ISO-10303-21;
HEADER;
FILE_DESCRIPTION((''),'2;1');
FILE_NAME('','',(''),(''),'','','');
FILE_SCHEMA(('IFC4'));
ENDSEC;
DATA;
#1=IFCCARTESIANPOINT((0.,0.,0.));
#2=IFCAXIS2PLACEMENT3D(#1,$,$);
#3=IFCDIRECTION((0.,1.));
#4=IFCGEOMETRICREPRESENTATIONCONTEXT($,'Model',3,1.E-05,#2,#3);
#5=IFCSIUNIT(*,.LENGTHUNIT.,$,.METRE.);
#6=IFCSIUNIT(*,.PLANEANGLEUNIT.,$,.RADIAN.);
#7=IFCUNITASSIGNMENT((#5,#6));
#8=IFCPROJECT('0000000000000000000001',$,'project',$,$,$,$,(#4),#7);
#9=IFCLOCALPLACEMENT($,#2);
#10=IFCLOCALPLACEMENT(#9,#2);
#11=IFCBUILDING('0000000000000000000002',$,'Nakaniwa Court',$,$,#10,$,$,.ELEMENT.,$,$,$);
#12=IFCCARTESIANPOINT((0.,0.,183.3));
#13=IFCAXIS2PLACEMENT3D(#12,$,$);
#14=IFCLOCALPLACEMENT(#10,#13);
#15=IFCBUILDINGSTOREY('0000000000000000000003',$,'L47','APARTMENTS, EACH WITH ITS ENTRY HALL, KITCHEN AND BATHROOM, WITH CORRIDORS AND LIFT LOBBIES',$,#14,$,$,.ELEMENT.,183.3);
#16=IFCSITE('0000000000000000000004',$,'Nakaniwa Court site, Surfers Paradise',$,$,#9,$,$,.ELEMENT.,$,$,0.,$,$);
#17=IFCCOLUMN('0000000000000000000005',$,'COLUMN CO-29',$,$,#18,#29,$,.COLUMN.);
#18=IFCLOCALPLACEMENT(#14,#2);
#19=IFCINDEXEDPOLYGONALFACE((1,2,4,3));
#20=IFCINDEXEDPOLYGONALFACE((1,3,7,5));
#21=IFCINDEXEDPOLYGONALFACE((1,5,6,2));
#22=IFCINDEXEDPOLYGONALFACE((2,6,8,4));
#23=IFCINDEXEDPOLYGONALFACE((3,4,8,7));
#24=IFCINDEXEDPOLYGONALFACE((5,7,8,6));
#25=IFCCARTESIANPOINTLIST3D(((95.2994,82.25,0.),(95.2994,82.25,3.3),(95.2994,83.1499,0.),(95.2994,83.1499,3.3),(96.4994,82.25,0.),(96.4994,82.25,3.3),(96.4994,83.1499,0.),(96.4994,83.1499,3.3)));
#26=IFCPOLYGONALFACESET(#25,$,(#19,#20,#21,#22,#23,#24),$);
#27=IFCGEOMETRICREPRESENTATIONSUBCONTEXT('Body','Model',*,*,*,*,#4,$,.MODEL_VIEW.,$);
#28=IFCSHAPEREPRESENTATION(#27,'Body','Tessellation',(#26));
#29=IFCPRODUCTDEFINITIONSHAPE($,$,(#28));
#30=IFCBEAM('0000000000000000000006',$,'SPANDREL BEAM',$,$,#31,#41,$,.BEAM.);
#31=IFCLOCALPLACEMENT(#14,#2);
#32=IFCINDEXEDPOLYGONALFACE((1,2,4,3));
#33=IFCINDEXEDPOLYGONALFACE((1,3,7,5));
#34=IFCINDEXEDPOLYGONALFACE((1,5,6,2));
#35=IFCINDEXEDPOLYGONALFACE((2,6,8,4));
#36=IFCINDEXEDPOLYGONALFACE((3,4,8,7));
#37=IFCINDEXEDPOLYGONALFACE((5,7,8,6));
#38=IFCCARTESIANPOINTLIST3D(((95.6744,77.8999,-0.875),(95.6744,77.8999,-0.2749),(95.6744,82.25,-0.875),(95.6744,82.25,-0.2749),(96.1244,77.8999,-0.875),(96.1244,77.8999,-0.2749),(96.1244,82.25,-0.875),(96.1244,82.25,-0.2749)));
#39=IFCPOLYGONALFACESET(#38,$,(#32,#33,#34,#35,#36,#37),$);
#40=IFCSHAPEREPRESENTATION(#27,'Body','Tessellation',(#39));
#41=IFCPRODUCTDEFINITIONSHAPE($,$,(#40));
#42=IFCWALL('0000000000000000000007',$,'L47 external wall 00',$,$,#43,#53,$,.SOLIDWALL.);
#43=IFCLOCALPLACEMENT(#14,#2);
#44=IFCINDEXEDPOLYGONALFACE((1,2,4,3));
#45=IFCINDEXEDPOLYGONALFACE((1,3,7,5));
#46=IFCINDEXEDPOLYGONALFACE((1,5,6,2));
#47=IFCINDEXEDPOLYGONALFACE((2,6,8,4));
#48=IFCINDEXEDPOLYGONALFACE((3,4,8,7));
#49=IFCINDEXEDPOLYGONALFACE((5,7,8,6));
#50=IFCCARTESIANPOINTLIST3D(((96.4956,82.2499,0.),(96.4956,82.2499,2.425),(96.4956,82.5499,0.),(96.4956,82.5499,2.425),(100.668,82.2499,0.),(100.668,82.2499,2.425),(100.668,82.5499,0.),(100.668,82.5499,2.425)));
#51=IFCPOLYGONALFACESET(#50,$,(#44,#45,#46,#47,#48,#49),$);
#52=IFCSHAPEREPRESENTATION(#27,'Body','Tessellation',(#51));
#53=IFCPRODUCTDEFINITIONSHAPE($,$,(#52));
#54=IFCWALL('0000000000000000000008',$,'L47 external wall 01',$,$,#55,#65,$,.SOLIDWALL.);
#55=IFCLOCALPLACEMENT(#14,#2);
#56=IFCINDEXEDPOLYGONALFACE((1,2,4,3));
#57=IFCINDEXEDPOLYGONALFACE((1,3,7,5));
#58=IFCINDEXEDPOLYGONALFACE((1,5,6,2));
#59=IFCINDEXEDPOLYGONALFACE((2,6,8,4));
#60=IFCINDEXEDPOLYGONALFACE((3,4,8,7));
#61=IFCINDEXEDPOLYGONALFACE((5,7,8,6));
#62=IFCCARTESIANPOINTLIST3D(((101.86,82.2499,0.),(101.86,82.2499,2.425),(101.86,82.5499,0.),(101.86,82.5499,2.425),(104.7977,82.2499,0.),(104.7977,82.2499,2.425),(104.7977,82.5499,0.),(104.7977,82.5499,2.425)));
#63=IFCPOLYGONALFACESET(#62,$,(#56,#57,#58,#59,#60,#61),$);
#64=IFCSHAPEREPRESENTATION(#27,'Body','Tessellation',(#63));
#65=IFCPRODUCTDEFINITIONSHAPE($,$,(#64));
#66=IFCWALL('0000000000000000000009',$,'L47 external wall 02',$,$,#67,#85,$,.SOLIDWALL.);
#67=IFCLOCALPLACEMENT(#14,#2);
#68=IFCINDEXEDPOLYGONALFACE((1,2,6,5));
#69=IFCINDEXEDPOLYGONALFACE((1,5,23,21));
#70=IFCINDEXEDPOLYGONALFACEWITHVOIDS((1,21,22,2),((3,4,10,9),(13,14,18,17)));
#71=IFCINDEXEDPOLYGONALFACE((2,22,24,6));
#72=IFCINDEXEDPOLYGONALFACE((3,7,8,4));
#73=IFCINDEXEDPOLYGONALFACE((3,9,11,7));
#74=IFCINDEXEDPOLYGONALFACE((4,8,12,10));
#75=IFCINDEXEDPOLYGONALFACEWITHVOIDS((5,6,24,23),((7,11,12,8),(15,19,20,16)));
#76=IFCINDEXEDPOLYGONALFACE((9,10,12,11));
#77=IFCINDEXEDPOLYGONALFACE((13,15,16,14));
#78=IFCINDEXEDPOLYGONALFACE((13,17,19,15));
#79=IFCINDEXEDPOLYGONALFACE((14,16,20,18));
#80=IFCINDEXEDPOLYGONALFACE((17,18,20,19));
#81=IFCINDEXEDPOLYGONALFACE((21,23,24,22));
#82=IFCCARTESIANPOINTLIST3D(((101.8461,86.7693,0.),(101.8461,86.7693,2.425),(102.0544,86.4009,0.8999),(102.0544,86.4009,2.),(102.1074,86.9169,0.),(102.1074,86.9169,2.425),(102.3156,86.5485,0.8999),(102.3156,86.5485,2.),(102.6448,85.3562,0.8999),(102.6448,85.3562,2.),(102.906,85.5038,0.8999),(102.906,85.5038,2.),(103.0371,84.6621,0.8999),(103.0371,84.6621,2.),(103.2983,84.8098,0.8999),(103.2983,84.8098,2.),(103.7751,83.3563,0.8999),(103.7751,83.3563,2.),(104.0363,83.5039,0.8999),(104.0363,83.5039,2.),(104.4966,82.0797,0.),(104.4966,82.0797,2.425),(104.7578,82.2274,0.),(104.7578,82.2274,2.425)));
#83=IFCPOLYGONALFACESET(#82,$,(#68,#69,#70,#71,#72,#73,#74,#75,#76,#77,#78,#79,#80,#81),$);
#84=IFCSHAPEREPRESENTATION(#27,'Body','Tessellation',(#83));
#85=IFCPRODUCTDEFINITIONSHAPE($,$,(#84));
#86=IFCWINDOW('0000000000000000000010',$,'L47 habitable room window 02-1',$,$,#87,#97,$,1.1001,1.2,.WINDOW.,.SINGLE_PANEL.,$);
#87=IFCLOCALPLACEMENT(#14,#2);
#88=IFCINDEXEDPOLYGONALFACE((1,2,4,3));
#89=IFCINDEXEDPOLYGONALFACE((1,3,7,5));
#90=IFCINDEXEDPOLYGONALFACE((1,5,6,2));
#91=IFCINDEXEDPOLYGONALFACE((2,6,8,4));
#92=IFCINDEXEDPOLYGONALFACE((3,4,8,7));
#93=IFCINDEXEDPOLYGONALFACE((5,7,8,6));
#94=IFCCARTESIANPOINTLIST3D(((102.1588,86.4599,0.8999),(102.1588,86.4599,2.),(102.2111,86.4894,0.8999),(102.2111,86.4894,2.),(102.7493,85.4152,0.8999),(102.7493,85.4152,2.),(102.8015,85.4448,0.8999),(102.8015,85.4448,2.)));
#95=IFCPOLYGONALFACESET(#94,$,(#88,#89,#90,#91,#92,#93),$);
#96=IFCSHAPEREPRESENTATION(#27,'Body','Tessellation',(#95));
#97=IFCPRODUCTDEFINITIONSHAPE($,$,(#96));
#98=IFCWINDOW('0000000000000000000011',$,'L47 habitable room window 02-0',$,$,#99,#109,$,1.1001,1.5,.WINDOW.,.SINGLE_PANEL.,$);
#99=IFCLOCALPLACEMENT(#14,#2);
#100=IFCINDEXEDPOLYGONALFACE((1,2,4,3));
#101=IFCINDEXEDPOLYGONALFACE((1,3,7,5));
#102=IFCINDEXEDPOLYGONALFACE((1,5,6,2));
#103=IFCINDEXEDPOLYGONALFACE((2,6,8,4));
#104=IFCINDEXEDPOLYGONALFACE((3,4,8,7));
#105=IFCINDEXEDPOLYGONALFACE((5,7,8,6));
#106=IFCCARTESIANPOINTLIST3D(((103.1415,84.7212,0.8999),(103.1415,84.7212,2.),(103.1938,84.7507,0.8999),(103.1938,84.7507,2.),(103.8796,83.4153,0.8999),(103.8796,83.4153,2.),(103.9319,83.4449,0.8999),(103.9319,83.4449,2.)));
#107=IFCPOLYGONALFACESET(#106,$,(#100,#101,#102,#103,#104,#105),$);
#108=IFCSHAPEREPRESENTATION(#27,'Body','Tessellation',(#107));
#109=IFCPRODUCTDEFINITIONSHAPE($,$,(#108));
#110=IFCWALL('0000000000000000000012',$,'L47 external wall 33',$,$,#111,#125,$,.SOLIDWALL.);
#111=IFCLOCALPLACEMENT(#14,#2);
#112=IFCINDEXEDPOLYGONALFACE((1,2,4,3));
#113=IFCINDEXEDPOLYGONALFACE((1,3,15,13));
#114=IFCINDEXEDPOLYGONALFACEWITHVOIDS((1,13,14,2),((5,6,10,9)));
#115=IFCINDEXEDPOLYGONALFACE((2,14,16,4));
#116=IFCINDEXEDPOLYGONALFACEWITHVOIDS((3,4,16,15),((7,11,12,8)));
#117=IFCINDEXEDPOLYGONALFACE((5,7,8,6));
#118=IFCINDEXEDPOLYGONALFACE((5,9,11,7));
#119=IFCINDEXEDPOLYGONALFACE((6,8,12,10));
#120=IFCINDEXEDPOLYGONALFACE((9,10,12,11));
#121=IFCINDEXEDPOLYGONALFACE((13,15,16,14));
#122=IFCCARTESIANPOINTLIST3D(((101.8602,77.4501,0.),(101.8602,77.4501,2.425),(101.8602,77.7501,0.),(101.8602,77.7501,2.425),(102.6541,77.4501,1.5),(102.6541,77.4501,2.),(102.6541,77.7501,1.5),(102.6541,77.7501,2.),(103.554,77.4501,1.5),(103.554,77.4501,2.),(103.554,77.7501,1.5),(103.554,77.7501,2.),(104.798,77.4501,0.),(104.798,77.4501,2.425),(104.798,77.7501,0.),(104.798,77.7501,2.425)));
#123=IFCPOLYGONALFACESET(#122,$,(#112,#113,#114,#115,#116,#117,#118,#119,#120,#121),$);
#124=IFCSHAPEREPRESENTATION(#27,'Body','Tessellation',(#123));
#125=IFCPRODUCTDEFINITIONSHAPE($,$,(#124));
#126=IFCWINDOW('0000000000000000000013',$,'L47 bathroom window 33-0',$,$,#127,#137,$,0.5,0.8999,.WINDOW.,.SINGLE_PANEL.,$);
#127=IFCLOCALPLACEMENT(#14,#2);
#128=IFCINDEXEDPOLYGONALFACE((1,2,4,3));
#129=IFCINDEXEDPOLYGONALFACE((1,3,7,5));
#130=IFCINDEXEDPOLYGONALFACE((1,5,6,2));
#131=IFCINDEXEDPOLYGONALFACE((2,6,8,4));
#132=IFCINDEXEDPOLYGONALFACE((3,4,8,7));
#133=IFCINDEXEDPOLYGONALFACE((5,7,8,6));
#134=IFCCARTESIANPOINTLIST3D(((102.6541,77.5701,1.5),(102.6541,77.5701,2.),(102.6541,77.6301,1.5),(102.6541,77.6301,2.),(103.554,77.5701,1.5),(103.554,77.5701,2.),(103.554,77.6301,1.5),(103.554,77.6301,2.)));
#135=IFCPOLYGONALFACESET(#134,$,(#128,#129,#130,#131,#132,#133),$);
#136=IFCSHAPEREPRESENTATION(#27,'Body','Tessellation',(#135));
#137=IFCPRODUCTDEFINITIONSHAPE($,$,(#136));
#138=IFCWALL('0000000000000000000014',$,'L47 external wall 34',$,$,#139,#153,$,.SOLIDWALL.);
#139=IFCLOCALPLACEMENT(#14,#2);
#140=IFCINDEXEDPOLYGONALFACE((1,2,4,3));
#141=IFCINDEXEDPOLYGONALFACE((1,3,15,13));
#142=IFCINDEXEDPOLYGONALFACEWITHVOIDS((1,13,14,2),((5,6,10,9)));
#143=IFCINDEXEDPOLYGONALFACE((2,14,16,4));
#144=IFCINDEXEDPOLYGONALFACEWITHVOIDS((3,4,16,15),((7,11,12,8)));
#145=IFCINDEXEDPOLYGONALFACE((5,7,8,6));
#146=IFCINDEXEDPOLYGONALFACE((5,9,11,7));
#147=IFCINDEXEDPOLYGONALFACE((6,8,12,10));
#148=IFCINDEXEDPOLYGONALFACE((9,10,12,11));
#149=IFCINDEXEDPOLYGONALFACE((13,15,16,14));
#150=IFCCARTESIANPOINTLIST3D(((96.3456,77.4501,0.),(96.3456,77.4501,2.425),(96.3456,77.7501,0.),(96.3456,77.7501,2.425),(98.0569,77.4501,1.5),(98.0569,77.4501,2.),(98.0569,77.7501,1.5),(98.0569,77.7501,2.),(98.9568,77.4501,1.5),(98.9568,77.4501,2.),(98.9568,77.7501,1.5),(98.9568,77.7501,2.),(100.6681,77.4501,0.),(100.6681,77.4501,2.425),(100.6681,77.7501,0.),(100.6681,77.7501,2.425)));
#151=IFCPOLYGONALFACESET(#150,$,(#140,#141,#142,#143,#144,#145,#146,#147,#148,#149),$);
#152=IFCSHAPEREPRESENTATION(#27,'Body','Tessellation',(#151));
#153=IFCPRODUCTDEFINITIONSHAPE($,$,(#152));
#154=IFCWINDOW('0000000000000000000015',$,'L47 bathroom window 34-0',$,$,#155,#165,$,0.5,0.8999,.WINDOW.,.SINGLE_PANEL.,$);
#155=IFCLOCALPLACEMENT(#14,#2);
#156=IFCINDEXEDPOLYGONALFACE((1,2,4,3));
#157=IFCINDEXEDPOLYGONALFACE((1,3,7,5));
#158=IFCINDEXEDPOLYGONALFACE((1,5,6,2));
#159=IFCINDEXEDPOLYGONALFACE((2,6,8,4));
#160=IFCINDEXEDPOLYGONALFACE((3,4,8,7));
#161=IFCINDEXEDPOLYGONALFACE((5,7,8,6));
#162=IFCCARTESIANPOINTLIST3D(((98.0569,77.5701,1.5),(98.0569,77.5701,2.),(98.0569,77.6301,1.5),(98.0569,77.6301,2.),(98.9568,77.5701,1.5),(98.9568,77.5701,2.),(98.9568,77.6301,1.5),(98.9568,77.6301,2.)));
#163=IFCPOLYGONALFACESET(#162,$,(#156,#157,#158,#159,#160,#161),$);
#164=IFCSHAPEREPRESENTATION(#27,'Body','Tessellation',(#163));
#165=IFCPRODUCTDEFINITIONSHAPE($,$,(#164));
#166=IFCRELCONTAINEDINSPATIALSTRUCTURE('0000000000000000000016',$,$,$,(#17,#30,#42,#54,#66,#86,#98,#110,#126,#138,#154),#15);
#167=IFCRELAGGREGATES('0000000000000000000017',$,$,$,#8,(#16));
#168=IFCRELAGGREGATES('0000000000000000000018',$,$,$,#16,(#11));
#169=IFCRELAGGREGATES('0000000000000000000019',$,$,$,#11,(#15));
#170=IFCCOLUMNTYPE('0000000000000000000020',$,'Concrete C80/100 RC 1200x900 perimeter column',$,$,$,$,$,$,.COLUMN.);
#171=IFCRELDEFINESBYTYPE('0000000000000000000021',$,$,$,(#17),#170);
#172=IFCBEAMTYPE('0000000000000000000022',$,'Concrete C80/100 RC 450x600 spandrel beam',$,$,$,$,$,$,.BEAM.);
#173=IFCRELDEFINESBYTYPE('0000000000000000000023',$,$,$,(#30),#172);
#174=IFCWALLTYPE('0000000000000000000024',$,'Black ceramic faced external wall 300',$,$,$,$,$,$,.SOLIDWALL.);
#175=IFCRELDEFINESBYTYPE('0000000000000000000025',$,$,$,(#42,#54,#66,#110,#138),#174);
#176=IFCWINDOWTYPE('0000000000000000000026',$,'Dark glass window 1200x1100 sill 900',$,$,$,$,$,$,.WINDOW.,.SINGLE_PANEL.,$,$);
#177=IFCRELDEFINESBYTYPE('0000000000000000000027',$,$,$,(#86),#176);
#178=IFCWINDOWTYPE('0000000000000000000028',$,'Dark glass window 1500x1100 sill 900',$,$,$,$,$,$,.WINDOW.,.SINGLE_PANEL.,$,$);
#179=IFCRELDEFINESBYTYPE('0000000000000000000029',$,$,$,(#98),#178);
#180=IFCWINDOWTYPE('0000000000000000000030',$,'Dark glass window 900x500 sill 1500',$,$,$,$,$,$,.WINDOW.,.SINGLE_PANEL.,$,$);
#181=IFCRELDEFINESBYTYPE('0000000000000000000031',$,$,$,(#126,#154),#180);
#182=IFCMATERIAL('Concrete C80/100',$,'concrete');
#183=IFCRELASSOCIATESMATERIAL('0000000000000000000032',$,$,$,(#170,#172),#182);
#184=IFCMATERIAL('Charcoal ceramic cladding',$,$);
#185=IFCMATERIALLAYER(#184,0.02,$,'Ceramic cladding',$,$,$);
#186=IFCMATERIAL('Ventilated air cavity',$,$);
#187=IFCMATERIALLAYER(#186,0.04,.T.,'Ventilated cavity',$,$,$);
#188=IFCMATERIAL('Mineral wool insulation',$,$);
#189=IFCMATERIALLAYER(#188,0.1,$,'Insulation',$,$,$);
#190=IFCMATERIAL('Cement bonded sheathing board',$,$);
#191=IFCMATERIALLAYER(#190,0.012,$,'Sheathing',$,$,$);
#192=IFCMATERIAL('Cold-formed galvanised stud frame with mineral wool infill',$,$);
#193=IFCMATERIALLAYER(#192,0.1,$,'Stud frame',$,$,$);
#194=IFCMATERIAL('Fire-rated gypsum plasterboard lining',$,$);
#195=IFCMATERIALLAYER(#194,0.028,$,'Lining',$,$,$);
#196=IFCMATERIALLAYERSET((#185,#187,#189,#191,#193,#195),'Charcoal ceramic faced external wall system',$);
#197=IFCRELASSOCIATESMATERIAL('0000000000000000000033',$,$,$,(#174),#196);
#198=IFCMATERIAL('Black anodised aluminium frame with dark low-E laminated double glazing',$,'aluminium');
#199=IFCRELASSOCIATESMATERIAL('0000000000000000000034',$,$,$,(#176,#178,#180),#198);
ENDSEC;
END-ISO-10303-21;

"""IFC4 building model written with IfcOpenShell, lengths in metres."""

from ifc_helpers import new_model, si_unit, direction, frame, frame_2d, origin, origin_2d, place, context, subcontext, project, spatial, rectangle, extrude, material, layer, layer_set, material_profile, profile_set, type_object, element, fill, save


model = new_model("IFC4")

# Units and contexts
model_context = context("Model", 3, precision=1e-05, world=origin(), true_north=direction((0.0, 1.0)))
body_context = subcontext(model_context, "Body", "Model", "MODEL_VIEW")
ifc_project = project(units=[si_unit("LENGTHUNIT", "METRE"), si_unit("PLANEANGLEUNIT", "RADIAN")], contexts=[model_context])

# Site, building, storey
site_placement = place(None, origin())
site = spatial("IfcSite", under=ifc_project, at=site_placement, Name="Nakaniwa Court site, Surfers Paradise", CompositionType="ELEMENT", RefElevation=0.0)
building_placement = place(site_placement, origin())
building = spatial("IfcBuilding", under=site, at=building_placement, Name="Nakaniwa Court", CompositionType="ELEMENT")
storey_placement = place(building_placement, frame((0.0, 0.0, 183.3)))
storey = spatial("IfcBuildingStorey", under=building, at=storey_placement, Name="L47", Description="APARTMENTS, EACH WITH ITS ENTRY HALL, KITCHEN AND BATHROOM, WITH CORRIDORS AND LIFT LOBBIES", CompositionType="ELEMENT", Elevation=183.3)

# Column
ifc_material_1 = material(Name="Concrete C80/100", Category="concrete")
ifc_material_profile_1 = material_profile(ifc_material_1, rectangle(XDim=1.2, YDim=0.8999, at=origin_2d()), Name="Concrete C80/100 RC 1200x900 perimeter column")
ifc_profile_set_1 = profile_set([ifc_material_profile_1], Name="Concrete C80/100")
column_type = type_object("IfcColumnType", Name="Concrete C80/100 RC 1200x900 perimeter column", PredefinedType="COLUMN", material=ifc_profile_set_1)
column_placement = place(storey_placement, frame((95.8994, 82.7, 0.0), z_axis=(0.0, 0.0, 1.0), x_axis=(1.0, 0.0, 0.0)))
element("IfcColumn", 1, at=column_placement, inside=storey, type_object=column_type, Name="COLUMN CO-29", PredefinedType="COLUMN", context=body_context, shape_type="SweptSolid", body=[
    extrude(rectangle(XDim=1.2, YDim=0.8999, at=origin_2d()), origin(), (0.0, 0.0, 1.0), 3.3),
])

# Beam
ifc_material_profile_2 = material_profile(ifc_material_1, rectangle(XDim=0.45, YDim=0.6001, at=origin_2d()), Name="Concrete C80/100 RC 450x600 spandrel beam")
ifc_profile_set_2 = profile_set([ifc_material_profile_2], Name="Concrete C80/100")
beam_type = type_object("IfcBeamType", Name="Concrete C80/100 RC 450x600 spandrel beam", PredefinedType="BEAM", material=ifc_profile_set_2)
beam_placement = place(storey_placement, frame((95.8994, 77.8999, -0.575), z_axis=(0.0, 1.0, 0.0), x_axis=(-1.0, 0.0, 0.0)))
element("IfcBeam", 2, at=beam_placement, inside=storey, type_object=beam_type, Name="SPANDREL BEAM", PredefinedType="BEAM", context=body_context, shape_type="SweptSolid", body=[
    extrude(rectangle(XDim=0.45, YDim=0.6001, at=origin_2d()), origin(), (0.0, 0.0, 1.0), 4.3501),
])

# Walls
ifc_material_2 = material(Name="Charcoal ceramic cladding")
ifc_layer_1 = layer(ifc_material_2, 0.02, Name="Ceramic cladding")
ifc_material_3 = material(Name="Ventilated air cavity")
ifc_layer_2 = layer(ifc_material_3, 0.04, ventilated=True, Name="Ventilated cavity")
ifc_material_4 = material(Name="Mineral wool insulation")
ifc_layer_3 = layer(ifc_material_4, 0.1, Name="Insulation")
ifc_material_5 = material(Name="Cement bonded sheathing board")
ifc_layer_4 = layer(ifc_material_5, 0.012, Name="Sheathing")
ifc_material_6 = material(Name="Cold-formed galvanised stud frame with mineral wool infill")
ifc_layer_5 = layer(ifc_material_6, 0.1, Name="Stud frame")
ifc_material_7 = material(Name="Fire-rated gypsum plasterboard lining")
ifc_layer_6 = layer(ifc_material_7, 0.028, Name="Lining")
ifc_layer_set_1 = layer_set([ifc_layer_1, ifc_layer_2, ifc_layer_3, ifc_layer_4, ifc_layer_5, ifc_layer_6], Name="Charcoal ceramic faced external wall system")
wall_type_1 = type_object("IfcWallType", Name="Black ceramic faced external wall 300", PredefinedType="SOLIDWALL", material=ifc_layer_set_1)
wall_1_placement = place(storey_placement, frame((96.4956, 82.3999, 0.0), z_axis=(0.0, 0.0, 1.0), x_axis=(1.0, 0.0, 0.0)))
element("IfcWall", 3, at=wall_1_placement, inside=storey, type_object=wall_type_1, Name="L47 external wall 00", PredefinedType="SOLIDWALL", context=body_context, shape_type="SweptSolid", body=[
    extrude(rectangle(XDim=4.1724, YDim=0.3, at=frame_2d((2.0862, 0.0))), origin(), (0.0, 0.0, 1.0), 2.425),
])
wall_2_placement = place(storey_placement, frame((101.8601, 82.3999, 0.0), z_axis=(0.0, 0.0, 1.0), x_axis=(1.0, 0.0, 0.0)))
element("IfcWall", 4, at=wall_2_placement, inside=storey, type_object=wall_type_1, Name="L47 external wall 01", PredefinedType="SOLIDWALL", context=body_context, shape_type="SweptSolid", body=[
    extrude(rectangle(XDim=2.9377, YDim=0.3, at=frame_2d((1.4688, 0.0))), origin(), (0.0, 0.0, 1.0), 2.425),
])

# Wall, openings, windows
wall_3_placement = place(storey_placement, frame((104.6272, 82.1536, 0.0), z_axis=(0.0, 0.0, 1.0), x_axis=(-0.492033, 0.870576, 0.0)))
wall_3 = element("IfcWall", 5, at=wall_3_placement, inside=storey, type_object=wall_type_1, Name="L47 external wall 02", PredefinedType="SOLIDWALL", context=body_context, shape_type="SweptSolid", body=[
    extrude(rectangle(XDim=5.3867, YDim=0.3, at=frame_2d((2.6934, 0.0))), origin(), (0.0, 0.0, 1.0), 2.425),
])
opening_1_placement = place(wall_3_placement, frame((1.4663, 0.0, 0.8999)))
opening_1 = element("IfcOpeningElement", 6, at=opening_1_placement, cuts=wall_3, PredefinedType="OPENING", context=body_context, shape_type="SweptSolid", body=[
    extrude(rectangle(XDim=1.5, YDim=1.1001, at=frame_2d((0.75, 0.55))), frame((0.0, 0.1599, 0.0), z_axis=(0.0, -1.0, 0.0), x_axis=(1.0, 0.0, 0.0)), (0.0, 0.0, 1.0), 0.3201),
])
opening_2_placement = place(wall_3_placement, frame((3.7634, 0.0, 0.8999)))
opening_2 = element("IfcOpeningElement", 7, at=opening_2_placement, cuts=wall_3, PredefinedType="OPENING", context=body_context, shape_type="SweptSolid", body=[
    extrude(rectangle(XDim=1.2, YDim=1.1001, at=frame_2d((0.6001, 0.55))), frame((0.0, 0.1599, 0.0), z_axis=(0.0, -1.0, 0.0), x_axis=(1.0, 0.0, 0.0)), (0.0, 0.0, 1.0), 0.3201),
])
ifc_material_8 = material(Name="Black anodised aluminium frame with dark low-E laminated double glazing", Category="aluminium")
window_type_1 = type_object("IfcWindowType", Name="Dark glass window 1200x1100 sill 900", PartitioningType="SINGLE_PANEL", PredefinedType="WINDOW", material=ifc_material_8)
window_1_placement = place(opening_2_placement, origin())
window_1 = element("IfcWindow", 8, at=window_1_placement, inside=storey, type_object=window_type_1, Name="L47 habitable room window 02-1", OverallHeight=1.1001, OverallWidth=1.2, PartitioningType="SINGLE_PANEL", PredefinedType="WINDOW", context=body_context, shape_type="SweptSolid", body=[
    extrude(rectangle(XDim=1.2, YDim=1.1001, at=frame_2d((0.6001, 0.55))), frame((0.0, 0.03, 0.0), z_axis=(0.0, -1.0, 0.0), x_axis=(1.0, 0.0, 0.0)), (0.0, 0.0, 1.0), 0.0601),
])
fill(opening_2, window_1)
window_type_2 = type_object("IfcWindowType", Name="Dark glass window 1500x1100 sill 900", PartitioningType="SINGLE_PANEL", PredefinedType="WINDOW", material=ifc_material_8)
window_2_placement = place(opening_1_placement, origin())
window_2 = element("IfcWindow", 9, at=window_2_placement, inside=storey, type_object=window_type_2, Name="L47 habitable room window 02-0", OverallHeight=1.1001, OverallWidth=1.5, PartitioningType="SINGLE_PANEL", PredefinedType="WINDOW", context=body_context, shape_type="SweptSolid", body=[
    extrude(rectangle(XDim=1.5, YDim=1.1001, at=frame_2d((0.75, 0.55))), frame((0.0, 0.03, 0.0), z_axis=(0.0, -1.0, 0.0), x_axis=(1.0, 0.0, 0.0)), (0.0, 0.0, 1.0), 0.0601),
])
fill(opening_1, window_2)

# Walls, openings, windows
wall_4_placement = place(storey_placement, frame((104.7979, 77.6001, 0.0), z_axis=(0.0, 0.0, 1.0), x_axis=(-1.0, 0.0, 0.0)))
wall_4 = element("IfcWall", 10, at=wall_4_placement, inside=storey, type_object=wall_type_1, Name="L47 external wall 33", PredefinedType="SOLIDWALL", context=body_context, shape_type="SweptSolid", body=[
    extrude(rectangle(XDim=2.9377, YDim=0.3, at=frame_2d((1.4688, 0.0))), origin(), (0.0, 0.0, 1.0), 2.425),
])
opening_3_placement = place(wall_4_placement, frame((1.2439, 0.0, 1.5)))
opening_3 = element("IfcOpeningElement", 11, at=opening_3_placement, cuts=wall_4, PredefinedType="OPENING", context=body_context, shape_type="SweptSolid", body=[
    extrude(rectangle(XDim=0.8999, YDim=0.5, at=frame_2d((0.45, 0.25))), frame((0.0, 0.1599, 0.0), z_axis=(0.0, -1.0, 0.0), x_axis=(1.0, 0.0, 0.0)), (0.0, 0.0, 1.0), 0.3201),
])
window_type_3 = type_object("IfcWindowType", Name="Dark glass window 900x500 sill 1500", PartitioningType="SINGLE_PANEL", PredefinedType="WINDOW", material=ifc_material_8)
window_3_placement = place(opening_3_placement, origin())
window_3 = element("IfcWindow", 12, at=window_3_placement, inside=storey, type_object=window_type_3, Name="L47 bathroom window 33-0", OverallHeight=0.5, OverallWidth=0.8999, PartitioningType="SINGLE_PANEL", PredefinedType="WINDOW", context=body_context, shape_type="SweptSolid", body=[
    extrude(rectangle(XDim=0.8999, YDim=0.5, at=frame_2d((0.45, 0.25))), frame((0.0, 0.03, 0.0), z_axis=(0.0, -1.0, 0.0), x_axis=(1.0, 0.0, 0.0)), (0.0, 0.0, 1.0), 0.0601),
])
fill(opening_3, window_3)
wall_5_placement = place(storey_placement, frame((100.668, 77.6001, 0.0), z_axis=(0.0, 0.0, 1.0), x_axis=(-1.0, 0.0, 0.0)))
wall_5 = element("IfcWall", 13, at=wall_5_placement, inside=storey, type_object=wall_type_1, Name="L47 external wall 34", PredefinedType="SOLIDWALL", context=body_context, shape_type="SweptSolid", body=[
    extrude(rectangle(XDim=4.3225, YDim=0.3, at=frame_2d((2.1611, 0.0))), origin(), (0.0, 0.0, 1.0), 2.425),
])
opening_4_placement = place(wall_5_placement, frame((1.7112, 0.0, 1.5)))
opening_4 = element("IfcOpeningElement", 14, at=opening_4_placement, cuts=wall_5, PredefinedType="OPENING", context=body_context, shape_type="SweptSolid", body=[
    extrude(rectangle(XDim=0.8999, YDim=0.5, at=frame_2d((0.45, 0.25))), frame((0.0, 0.1599, 0.0), z_axis=(0.0, -1.0, 0.0), x_axis=(1.0, 0.0, 0.0)), (0.0, 0.0, 1.0), 0.3201),
])
window_4_placement = place(opening_4_placement, origin())
window_4 = element("IfcWindow", 15, at=window_4_placement, inside=storey, type_object=window_type_3, Name="L47 bathroom window 34-0", OverallHeight=0.5, OverallWidth=0.8999, PartitioningType="SINGLE_PANEL", PredefinedType="WINDOW", context=body_context, shape_type="SweptSolid", body=[
    extrude(rectangle(XDim=0.8999, YDim=0.5, at=frame_2d((0.45, 0.25))), frame((0.0, 0.03, 0.0), z_axis=(0.0, -1.0, 0.0), x_axis=(1.0, 0.0, 0.0)), (0.0, 0.0, 1.0), 0.0601),
])
fill(opening_4, window_4)

save(model, "model.ifc")
